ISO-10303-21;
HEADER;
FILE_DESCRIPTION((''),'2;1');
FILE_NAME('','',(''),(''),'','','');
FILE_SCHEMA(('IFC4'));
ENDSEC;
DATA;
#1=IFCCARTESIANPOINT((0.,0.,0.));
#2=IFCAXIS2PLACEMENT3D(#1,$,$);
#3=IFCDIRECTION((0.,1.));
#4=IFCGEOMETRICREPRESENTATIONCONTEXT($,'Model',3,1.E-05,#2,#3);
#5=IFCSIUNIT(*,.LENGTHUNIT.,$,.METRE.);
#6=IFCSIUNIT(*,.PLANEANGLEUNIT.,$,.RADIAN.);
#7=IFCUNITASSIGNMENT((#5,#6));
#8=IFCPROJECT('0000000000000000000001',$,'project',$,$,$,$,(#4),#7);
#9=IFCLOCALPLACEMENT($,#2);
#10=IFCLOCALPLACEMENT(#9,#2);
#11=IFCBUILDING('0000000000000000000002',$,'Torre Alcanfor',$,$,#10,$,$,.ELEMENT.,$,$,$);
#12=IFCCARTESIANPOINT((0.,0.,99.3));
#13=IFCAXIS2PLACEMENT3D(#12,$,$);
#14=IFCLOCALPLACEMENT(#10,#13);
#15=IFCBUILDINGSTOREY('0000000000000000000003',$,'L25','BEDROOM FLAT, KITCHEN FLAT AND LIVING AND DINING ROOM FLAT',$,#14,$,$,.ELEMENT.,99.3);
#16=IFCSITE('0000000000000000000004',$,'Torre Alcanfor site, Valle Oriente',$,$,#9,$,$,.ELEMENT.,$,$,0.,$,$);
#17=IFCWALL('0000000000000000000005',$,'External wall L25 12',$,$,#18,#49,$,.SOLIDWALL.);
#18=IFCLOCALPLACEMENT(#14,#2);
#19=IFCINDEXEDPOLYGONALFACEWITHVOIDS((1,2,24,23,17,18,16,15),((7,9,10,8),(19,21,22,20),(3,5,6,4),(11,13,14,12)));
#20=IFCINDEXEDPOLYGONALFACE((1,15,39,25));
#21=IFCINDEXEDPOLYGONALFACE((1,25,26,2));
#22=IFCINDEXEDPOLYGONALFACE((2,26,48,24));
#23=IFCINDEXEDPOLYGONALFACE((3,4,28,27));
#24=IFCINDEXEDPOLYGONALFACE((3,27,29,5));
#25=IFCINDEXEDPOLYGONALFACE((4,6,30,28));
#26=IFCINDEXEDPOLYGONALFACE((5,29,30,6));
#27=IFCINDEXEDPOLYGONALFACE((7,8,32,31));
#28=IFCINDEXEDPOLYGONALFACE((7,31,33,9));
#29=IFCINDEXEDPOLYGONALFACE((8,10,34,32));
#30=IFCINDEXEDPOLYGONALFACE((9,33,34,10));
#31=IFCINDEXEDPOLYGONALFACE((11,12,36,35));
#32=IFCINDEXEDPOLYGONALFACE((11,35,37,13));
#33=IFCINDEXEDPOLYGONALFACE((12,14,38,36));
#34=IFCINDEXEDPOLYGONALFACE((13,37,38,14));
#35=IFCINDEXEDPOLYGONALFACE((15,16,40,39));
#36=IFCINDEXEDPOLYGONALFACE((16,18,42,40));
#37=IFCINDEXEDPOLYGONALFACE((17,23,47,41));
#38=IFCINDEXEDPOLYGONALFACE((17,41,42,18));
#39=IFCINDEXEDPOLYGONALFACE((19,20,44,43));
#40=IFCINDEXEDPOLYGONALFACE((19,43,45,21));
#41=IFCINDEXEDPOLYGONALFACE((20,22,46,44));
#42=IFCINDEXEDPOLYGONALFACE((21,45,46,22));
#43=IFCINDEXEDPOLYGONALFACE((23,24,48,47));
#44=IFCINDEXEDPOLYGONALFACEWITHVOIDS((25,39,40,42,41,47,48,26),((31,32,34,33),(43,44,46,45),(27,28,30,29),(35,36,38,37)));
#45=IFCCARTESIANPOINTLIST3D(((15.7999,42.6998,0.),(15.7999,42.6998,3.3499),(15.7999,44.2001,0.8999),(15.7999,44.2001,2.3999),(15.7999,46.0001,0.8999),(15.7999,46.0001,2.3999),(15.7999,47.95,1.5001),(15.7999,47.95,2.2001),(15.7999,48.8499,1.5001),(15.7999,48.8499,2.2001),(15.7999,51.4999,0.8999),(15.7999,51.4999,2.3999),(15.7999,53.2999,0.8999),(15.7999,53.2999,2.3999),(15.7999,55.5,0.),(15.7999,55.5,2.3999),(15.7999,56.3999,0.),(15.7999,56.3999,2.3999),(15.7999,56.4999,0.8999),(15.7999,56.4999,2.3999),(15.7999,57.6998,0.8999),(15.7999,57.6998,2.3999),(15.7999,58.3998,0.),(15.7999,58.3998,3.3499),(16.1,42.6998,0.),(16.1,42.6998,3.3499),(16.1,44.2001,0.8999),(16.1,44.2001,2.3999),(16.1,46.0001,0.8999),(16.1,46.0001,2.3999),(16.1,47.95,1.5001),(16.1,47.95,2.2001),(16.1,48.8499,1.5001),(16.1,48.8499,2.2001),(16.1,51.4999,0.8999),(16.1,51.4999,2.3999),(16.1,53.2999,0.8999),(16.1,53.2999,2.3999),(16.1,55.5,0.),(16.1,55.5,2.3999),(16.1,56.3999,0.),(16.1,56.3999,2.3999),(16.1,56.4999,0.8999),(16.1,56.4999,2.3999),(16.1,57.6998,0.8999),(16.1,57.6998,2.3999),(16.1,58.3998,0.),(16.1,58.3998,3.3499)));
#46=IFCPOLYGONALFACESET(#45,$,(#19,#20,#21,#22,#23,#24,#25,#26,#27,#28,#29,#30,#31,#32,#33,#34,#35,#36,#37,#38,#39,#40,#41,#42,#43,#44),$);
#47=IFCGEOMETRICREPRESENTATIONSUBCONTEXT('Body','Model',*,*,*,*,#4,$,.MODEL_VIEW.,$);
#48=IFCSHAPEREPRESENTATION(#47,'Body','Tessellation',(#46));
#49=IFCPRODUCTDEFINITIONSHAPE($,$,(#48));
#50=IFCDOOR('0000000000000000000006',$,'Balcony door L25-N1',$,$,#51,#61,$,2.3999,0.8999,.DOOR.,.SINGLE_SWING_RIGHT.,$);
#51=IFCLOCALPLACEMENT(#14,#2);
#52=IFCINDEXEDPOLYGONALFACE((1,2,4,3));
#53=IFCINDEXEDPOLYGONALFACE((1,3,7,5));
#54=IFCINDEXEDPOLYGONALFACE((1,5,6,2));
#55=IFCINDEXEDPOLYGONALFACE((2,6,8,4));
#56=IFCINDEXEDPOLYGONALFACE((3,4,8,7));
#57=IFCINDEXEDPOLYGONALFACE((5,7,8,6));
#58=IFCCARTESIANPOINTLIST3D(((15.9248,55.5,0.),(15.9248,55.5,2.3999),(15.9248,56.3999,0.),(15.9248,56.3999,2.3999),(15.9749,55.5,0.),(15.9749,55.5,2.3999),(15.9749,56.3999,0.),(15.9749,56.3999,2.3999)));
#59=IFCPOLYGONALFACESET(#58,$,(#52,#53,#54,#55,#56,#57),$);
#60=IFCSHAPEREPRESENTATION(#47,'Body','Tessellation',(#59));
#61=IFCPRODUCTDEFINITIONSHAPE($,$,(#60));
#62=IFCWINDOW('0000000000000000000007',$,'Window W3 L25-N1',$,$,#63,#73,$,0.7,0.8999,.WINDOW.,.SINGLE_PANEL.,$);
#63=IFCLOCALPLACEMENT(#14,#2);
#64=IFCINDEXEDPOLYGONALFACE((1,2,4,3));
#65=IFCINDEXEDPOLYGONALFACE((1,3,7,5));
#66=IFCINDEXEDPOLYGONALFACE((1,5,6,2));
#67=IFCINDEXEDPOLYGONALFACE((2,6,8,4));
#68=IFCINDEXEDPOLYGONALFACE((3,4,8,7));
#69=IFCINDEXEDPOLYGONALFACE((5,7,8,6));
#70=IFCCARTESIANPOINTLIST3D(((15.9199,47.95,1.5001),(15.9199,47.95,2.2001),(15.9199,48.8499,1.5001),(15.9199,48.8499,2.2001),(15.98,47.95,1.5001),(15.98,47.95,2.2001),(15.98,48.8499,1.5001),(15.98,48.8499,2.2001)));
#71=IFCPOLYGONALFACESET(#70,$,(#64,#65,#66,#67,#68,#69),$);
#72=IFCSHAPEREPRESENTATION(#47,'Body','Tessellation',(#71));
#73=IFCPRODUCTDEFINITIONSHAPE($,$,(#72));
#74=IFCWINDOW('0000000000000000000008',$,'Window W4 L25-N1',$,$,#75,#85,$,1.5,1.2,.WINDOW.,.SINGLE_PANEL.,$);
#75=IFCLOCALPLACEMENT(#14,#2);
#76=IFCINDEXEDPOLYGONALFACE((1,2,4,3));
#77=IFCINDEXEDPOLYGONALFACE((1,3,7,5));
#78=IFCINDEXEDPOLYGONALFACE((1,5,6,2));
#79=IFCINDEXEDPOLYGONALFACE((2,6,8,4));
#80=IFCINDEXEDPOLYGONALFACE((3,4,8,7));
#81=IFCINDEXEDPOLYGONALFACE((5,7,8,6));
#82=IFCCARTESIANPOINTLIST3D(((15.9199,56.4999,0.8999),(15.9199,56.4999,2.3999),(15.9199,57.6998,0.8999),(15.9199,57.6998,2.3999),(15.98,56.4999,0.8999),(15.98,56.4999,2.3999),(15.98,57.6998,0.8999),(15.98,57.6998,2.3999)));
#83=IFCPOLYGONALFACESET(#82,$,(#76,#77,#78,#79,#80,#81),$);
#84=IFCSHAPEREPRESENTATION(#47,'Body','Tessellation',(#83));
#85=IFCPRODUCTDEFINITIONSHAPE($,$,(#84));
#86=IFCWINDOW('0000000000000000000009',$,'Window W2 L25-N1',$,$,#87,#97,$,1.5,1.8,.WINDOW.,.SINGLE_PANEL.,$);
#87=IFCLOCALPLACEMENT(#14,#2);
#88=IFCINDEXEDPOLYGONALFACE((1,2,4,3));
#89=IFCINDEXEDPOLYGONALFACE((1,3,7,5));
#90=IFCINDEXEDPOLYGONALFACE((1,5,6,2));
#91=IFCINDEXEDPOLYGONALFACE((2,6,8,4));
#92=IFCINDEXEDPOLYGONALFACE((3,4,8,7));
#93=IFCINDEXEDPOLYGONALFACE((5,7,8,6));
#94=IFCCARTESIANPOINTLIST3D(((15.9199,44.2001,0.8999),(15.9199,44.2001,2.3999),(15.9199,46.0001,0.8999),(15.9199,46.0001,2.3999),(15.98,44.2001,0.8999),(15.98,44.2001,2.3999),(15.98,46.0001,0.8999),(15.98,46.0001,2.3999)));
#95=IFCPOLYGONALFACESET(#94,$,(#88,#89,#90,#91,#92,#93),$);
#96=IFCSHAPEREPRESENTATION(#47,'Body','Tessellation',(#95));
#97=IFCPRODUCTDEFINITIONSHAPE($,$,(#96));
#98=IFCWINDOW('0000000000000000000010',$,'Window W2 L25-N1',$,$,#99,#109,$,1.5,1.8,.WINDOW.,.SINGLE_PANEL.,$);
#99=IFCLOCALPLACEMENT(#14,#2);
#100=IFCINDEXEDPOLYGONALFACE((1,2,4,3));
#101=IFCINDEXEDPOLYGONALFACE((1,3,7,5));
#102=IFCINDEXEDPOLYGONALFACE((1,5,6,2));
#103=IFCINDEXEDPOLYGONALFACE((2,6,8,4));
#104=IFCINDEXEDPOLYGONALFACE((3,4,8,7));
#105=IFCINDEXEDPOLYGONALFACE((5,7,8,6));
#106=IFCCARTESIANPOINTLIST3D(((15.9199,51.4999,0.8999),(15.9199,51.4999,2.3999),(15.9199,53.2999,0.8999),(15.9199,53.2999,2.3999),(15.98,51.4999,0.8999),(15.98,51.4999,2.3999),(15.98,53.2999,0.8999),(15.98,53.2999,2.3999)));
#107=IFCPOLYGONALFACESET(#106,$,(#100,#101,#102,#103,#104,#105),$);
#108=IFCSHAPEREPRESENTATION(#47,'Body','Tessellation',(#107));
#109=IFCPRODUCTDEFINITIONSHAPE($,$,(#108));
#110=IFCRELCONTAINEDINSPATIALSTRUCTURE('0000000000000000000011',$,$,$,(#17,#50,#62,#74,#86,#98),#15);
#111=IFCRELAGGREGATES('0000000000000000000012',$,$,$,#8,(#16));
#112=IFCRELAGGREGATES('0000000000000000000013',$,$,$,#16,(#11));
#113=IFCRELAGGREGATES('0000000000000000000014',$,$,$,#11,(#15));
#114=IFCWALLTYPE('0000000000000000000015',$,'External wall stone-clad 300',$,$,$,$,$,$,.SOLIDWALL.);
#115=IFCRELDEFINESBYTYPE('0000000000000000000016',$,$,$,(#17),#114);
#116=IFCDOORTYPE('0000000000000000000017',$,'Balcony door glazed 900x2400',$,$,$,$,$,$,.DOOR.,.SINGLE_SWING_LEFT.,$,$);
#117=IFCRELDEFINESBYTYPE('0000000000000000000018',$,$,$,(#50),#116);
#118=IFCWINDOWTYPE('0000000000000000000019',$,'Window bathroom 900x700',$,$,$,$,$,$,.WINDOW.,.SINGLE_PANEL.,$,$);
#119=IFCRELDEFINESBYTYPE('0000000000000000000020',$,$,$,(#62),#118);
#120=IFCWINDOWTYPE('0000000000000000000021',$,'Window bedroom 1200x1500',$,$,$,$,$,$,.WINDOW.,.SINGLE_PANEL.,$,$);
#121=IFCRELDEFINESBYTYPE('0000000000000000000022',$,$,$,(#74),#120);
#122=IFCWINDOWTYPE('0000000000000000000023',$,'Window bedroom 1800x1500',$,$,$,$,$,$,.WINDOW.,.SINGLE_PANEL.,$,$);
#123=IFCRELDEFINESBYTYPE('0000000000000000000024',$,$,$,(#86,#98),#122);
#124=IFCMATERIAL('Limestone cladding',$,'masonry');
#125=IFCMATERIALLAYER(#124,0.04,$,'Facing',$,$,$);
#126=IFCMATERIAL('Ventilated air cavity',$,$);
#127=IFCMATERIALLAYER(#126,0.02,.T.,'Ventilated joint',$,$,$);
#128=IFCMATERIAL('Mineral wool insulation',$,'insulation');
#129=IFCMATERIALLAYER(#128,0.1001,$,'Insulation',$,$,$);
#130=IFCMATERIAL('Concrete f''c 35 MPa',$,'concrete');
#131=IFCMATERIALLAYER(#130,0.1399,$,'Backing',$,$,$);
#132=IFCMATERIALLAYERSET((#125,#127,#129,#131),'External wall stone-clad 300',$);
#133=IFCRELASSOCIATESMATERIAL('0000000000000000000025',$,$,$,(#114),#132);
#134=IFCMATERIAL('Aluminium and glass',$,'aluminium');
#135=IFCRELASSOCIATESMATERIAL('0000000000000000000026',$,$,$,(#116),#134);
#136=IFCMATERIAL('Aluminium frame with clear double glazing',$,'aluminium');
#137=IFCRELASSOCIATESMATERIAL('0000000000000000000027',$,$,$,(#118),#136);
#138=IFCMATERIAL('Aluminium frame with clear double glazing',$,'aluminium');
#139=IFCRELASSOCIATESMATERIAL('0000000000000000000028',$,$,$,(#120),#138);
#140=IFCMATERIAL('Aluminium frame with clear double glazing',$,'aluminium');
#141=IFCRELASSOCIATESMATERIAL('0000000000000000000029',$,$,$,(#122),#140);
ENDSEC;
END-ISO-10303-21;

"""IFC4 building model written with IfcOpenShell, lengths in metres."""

from ifc_helpers import new_model, si_unit, direction, frame, frame_2d, origin, place, context, subcontext, project, spatial, rectangle, extrude, material, layer, layer_set, type_object, element, fill, save


model = new_model("IFC4")

# Units and contexts
model_context = context("Model", 3, precision=1e-05, world=origin(), true_north=direction((0.0, 1.0)))
body_context = subcontext(model_context, "Body", "Model", "MODEL_VIEW")
ifc_project = project(units=[si_unit("LENGTHUNIT", "METRE"), si_unit("PLANEANGLEUNIT", "RADIAN")], contexts=[model_context])

# Site, building, storey
site_placement = place(None, origin())
site = spatial("IfcSite", under=ifc_project, at=site_placement, Name="Torre Alcanfor site, Valle Oriente", CompositionType="ELEMENT", RefElevation=0.0)
building_placement = place(site_placement, origin())
building = spatial("IfcBuilding", under=site, at=building_placement, Name="Torre Alcanfor", CompositionType="ELEMENT")
storey_placement = place(building_placement, frame((0.0, 0.0, 99.3)))
storey = spatial("IfcBuildingStorey", under=building, at=storey_placement, Name="L25", Description="BEDROOM FLAT, KITCHEN FLAT AND LIVING AND DINING ROOM FLAT", CompositionType="ELEMENT", Elevation=99.3)

# Wall, openings, door, windows
ifc_material_1 = material(Name="Limestone cladding", Category="masonry")
ifc_layer_1 = layer(ifc_material_1, 0.04, Name="Facing")
ifc_material_2 = material(Name="Ventilated air cavity")
ifc_layer_2 = layer(ifc_material_2, 0.02, ventilated=True, Name="Ventilated joint")
ifc_material_3 = material(Name="Mineral wool insulation", Category="insulation")
ifc_layer_3 = layer(ifc_material_3, 0.1001, Name="Insulation")
ifc_material_4 = material(Name="Concrete f'c 35 MPa", Category="concrete")
ifc_layer_4 = layer(ifc_material_4, 0.1399, Name="Backing")
ifc_layer_set_1 = layer_set([ifc_layer_1, ifc_layer_2, ifc_layer_3, ifc_layer_4], Name="External wall stone-clad 300")
wall_type_1 = type_object("IfcWallType", Name="External wall stone-clad 300", PredefinedType="SOLIDWALL", material=ifc_layer_set_1)
ifc_material_5 = material(Name="Aluminium and glass", Category="aluminium")
door_type = type_object("IfcDoorType", Name="Balcony door glazed 900x2400", OperationType="SINGLE_SWING_LEFT", PredefinedType="DOOR", material=ifc_material_5)
ifc_material_6 = material(Name="Aluminium frame with clear double glazing", Category="aluminium")
window_type_1 = type_object("IfcWindowType", Name="Window bathroom 900x700", PartitioningType="SINGLE_PANEL", PredefinedType="WINDOW", material=ifc_material_6)
ifc_material_7 = material(Name="Aluminium frame with clear double glazing", Category="aluminium")
window_type_2 = type_object("IfcWindowType", Name="Window bedroom 1200x1500", PartitioningType="SINGLE_PANEL", PredefinedType="WINDOW", material=ifc_material_7)
ifc_material_8 = material(Name="Aluminium frame with clear double glazing", Category="aluminium")
window_type_3 = type_object("IfcWindowType", Name="Window bedroom 1800x1500", PartitioningType="SINGLE_PANEL", PredefinedType="WINDOW", material=ifc_material_8)
wall_1_placement = place(storey_placement, frame((15.95, 58.3999, 0.0), z_axis=(0.0, 0.0, 1.0), x_axis=(0.0, -1.0, 0.0)))
wall_1 = element("IfcWall", 1, at=wall_1_placement, inside=storey, type_object=wall_type_1, Name="External wall L25 12", PredefinedType="SOLIDWALL", context=body_context, shape_type="SweptSolid", body=[
    extrude(rectangle(XDim=15.7, YDim=0.3, at=frame_2d((7.8501, 0.0))), origin(), (0.0, 0.0, 1.0), 3.3499),
])
opening_1_placement = place(wall_1_placement, frame((12.3999, 0.0, 0.8999)))
opening_1 = element("IfcOpeningElement", 2, at=opening_1_placement, cuts=wall_1, PredefinedType="OPENING", context=body_context, shape_type="SweptSolid", body=[
    extrude(rectangle(XDim=1.8, YDim=1.5, at=frame_2d((0.8999, 0.75))), frame((0.0, 0.1599, 0.0), z_axis=(0.0, -1.0, 0.0), x_axis=(1.0, 0.0, 0.0)), (0.0, 0.0, 1.0), 0.3201),
])
opening_2_placement = place(wall_1_placement, frame((9.55, 0.0, 1.5)))
opening_2 = element("IfcOpeningElement", 3, at=opening_2_placement, cuts=wall_1, PredefinedType="OPENING", context=body_context, shape_type="SweptSolid", body=[
    extrude(rectangle(XDim=0.8999, YDim=0.7, at=frame_2d((0.45, 0.3501))), frame((0.0, 0.1599, 0.0), z_axis=(0.0, -1.0, 0.0), x_axis=(1.0, 0.0, 0.0)), (0.0, 0.0, 1.0), 0.3201),
])
opening_3_placement = place(wall_1_placement, frame((5.1001, 0.0, 0.8999)))
opening_3 = element("IfcOpeningElement", 4, at=opening_3_placement, cuts=wall_1, PredefinedType="OPENING", context=body_context, shape_type="SweptSolid", body=[
    extrude(rectangle(XDim=1.8, YDim=1.5, at=frame_2d((0.8999, 0.75))), frame((0.0, 0.1599, 0.0), z_axis=(0.0, -1.0, 0.0), x_axis=(1.0, 0.0, 0.0)), (0.0, 0.0, 1.0), 0.3201),
])
opening_4_placement = place(wall_1_placement, frame((2.0, 0.0, 0.0)))
opening_4 = element("IfcOpeningElement", 5, at=opening_4_placement, cuts=wall_1, PredefinedType="OPENING", context=body_context, shape_type="SweptSolid", body=[
    extrude(rectangle(XDim=0.8999, YDim=2.3999, at=frame_2d((0.45, 1.2))), frame((0.0, 0.1599, 0.0), z_axis=(0.0, -1.0, 0.0), x_axis=(1.0, 0.0, 0.0)), (0.0, 0.0, 1.0), 0.3201),
])
opening_5_placement = place(wall_1_placement, frame((0.7, 0.0, 0.8999)))
opening_5 = element("IfcOpeningElement", 6, at=opening_5_placement, cuts=wall_1, PredefinedType="OPENING", context=body_context, shape_type="SweptSolid", body=[
    extrude(rectangle(XDim=1.2, YDim=1.5, at=frame_2d((0.6001, 0.75))), frame((0.0, 0.1599, 0.0), z_axis=(0.0, -1.0, 0.0), x_axis=(1.0, 0.0, 0.0)), (0.0, 0.0, 1.0), 0.3201),
])
door_1_placement = place(opening_4_placement, origin())
door_1 = element("IfcDoor", 7, at=door_1_placement, inside=storey, type_object=door_type, Name="Balcony door L25-N1", OperationType="SINGLE_SWING_RIGHT", OverallHeight=2.3999, OverallWidth=0.8999, PredefinedType="DOOR", context=body_context, shape_type="SweptSolid", body=[
    extrude(rectangle(XDim=0.8999, YDim=2.3999, at=frame_2d((0.45, 1.2))), frame((0.0, 0.0249, 0.0), z_axis=(0.0, -1.0, 0.0), x_axis=(1.0, 0.0, 0.0)), (0.0, 0.0, 1.0), 0.05),
])
fill(opening_4, door_1)
window_1_placement = place(opening_2_placement, origin())
window_1 = element("IfcWindow", 8, at=window_1_placement, inside=storey, type_object=window_type_1, Name="Window W3 L25-N1", OverallHeight=0.7, OverallWidth=0.8999, PartitioningType="SINGLE_PANEL", PredefinedType="WINDOW", context=body_context, shape_type="SweptSolid", body=[
    extrude(rectangle(XDim=0.8999, YDim=0.7, at=frame_2d((0.45, 0.3501))), frame((0.0, 0.03, 0.0), z_axis=(0.0, -1.0, 0.0), x_axis=(1.0, 0.0, 0.0)), (0.0, 0.0, 1.0), 0.0601),
])
fill(opening_2, window_1)
window_2_placement = place(opening_5_placement, origin())
window_2 = element("IfcWindow", 9, at=window_2_placement, inside=storey, type_object=window_type_2, Name="Window W4 L25-N1", OverallHeight=1.5, OverallWidth=1.2, PartitioningType="SINGLE_PANEL", PredefinedType="WINDOW", context=body_context, shape_type="SweptSolid", body=[
    extrude(rectangle(XDim=1.2, YDim=1.5, at=frame_2d((0.6001, 0.75))), frame((0.0, 0.03, 0.0), z_axis=(0.0, -1.0, 0.0), x_axis=(1.0, 0.0, 0.0)), (0.0, 0.0, 1.0), 0.0601),
])
fill(opening_5, window_2)
window_3_placement = place(opening_1_placement, origin())
window_3 = element("IfcWindow", 10, at=window_3_placement, inside=storey, type_object=window_type_3, Name="Window W2 L25-N1", OverallHeight=1.5, OverallWidth=1.8, PartitioningType="SINGLE_PANEL", PredefinedType="WINDOW", context=body_context, shape_type="SweptSolid", body=[
    extrude(rectangle(XDim=1.8, YDim=1.5, at=frame_2d((0.8999, 0.75))), frame((0.0, 0.03, 0.0), z_axis=(0.0, -1.0, 0.0), x_axis=(1.0, 0.0, 0.0)), (0.0, 0.0, 1.0), 0.0601),
])
fill(opening_1, window_3)
window_4_placement = place(opening_3_placement, origin())
window_4 = element("IfcWindow", 11, at=window_4_placement, inside=storey, type_object=window_type_3, Name="Window W2 L25-N1", OverallHeight=1.5, OverallWidth=1.8, PartitioningType="SINGLE_PANEL", PredefinedType="WINDOW", context=body_context, shape_type="SweptSolid", body=[
    extrude(rectangle(XDim=1.8, YDim=1.5, at=frame_2d((0.8999, 0.75))), frame((0.0, 0.03, 0.0), z_axis=(0.0, -1.0, 0.0), x_axis=(1.0, 0.0, 0.0)), (0.0, 0.0, 1.0), 0.0601),
])
fill(opening_3, window_4)

save(model, "model.ifc")
